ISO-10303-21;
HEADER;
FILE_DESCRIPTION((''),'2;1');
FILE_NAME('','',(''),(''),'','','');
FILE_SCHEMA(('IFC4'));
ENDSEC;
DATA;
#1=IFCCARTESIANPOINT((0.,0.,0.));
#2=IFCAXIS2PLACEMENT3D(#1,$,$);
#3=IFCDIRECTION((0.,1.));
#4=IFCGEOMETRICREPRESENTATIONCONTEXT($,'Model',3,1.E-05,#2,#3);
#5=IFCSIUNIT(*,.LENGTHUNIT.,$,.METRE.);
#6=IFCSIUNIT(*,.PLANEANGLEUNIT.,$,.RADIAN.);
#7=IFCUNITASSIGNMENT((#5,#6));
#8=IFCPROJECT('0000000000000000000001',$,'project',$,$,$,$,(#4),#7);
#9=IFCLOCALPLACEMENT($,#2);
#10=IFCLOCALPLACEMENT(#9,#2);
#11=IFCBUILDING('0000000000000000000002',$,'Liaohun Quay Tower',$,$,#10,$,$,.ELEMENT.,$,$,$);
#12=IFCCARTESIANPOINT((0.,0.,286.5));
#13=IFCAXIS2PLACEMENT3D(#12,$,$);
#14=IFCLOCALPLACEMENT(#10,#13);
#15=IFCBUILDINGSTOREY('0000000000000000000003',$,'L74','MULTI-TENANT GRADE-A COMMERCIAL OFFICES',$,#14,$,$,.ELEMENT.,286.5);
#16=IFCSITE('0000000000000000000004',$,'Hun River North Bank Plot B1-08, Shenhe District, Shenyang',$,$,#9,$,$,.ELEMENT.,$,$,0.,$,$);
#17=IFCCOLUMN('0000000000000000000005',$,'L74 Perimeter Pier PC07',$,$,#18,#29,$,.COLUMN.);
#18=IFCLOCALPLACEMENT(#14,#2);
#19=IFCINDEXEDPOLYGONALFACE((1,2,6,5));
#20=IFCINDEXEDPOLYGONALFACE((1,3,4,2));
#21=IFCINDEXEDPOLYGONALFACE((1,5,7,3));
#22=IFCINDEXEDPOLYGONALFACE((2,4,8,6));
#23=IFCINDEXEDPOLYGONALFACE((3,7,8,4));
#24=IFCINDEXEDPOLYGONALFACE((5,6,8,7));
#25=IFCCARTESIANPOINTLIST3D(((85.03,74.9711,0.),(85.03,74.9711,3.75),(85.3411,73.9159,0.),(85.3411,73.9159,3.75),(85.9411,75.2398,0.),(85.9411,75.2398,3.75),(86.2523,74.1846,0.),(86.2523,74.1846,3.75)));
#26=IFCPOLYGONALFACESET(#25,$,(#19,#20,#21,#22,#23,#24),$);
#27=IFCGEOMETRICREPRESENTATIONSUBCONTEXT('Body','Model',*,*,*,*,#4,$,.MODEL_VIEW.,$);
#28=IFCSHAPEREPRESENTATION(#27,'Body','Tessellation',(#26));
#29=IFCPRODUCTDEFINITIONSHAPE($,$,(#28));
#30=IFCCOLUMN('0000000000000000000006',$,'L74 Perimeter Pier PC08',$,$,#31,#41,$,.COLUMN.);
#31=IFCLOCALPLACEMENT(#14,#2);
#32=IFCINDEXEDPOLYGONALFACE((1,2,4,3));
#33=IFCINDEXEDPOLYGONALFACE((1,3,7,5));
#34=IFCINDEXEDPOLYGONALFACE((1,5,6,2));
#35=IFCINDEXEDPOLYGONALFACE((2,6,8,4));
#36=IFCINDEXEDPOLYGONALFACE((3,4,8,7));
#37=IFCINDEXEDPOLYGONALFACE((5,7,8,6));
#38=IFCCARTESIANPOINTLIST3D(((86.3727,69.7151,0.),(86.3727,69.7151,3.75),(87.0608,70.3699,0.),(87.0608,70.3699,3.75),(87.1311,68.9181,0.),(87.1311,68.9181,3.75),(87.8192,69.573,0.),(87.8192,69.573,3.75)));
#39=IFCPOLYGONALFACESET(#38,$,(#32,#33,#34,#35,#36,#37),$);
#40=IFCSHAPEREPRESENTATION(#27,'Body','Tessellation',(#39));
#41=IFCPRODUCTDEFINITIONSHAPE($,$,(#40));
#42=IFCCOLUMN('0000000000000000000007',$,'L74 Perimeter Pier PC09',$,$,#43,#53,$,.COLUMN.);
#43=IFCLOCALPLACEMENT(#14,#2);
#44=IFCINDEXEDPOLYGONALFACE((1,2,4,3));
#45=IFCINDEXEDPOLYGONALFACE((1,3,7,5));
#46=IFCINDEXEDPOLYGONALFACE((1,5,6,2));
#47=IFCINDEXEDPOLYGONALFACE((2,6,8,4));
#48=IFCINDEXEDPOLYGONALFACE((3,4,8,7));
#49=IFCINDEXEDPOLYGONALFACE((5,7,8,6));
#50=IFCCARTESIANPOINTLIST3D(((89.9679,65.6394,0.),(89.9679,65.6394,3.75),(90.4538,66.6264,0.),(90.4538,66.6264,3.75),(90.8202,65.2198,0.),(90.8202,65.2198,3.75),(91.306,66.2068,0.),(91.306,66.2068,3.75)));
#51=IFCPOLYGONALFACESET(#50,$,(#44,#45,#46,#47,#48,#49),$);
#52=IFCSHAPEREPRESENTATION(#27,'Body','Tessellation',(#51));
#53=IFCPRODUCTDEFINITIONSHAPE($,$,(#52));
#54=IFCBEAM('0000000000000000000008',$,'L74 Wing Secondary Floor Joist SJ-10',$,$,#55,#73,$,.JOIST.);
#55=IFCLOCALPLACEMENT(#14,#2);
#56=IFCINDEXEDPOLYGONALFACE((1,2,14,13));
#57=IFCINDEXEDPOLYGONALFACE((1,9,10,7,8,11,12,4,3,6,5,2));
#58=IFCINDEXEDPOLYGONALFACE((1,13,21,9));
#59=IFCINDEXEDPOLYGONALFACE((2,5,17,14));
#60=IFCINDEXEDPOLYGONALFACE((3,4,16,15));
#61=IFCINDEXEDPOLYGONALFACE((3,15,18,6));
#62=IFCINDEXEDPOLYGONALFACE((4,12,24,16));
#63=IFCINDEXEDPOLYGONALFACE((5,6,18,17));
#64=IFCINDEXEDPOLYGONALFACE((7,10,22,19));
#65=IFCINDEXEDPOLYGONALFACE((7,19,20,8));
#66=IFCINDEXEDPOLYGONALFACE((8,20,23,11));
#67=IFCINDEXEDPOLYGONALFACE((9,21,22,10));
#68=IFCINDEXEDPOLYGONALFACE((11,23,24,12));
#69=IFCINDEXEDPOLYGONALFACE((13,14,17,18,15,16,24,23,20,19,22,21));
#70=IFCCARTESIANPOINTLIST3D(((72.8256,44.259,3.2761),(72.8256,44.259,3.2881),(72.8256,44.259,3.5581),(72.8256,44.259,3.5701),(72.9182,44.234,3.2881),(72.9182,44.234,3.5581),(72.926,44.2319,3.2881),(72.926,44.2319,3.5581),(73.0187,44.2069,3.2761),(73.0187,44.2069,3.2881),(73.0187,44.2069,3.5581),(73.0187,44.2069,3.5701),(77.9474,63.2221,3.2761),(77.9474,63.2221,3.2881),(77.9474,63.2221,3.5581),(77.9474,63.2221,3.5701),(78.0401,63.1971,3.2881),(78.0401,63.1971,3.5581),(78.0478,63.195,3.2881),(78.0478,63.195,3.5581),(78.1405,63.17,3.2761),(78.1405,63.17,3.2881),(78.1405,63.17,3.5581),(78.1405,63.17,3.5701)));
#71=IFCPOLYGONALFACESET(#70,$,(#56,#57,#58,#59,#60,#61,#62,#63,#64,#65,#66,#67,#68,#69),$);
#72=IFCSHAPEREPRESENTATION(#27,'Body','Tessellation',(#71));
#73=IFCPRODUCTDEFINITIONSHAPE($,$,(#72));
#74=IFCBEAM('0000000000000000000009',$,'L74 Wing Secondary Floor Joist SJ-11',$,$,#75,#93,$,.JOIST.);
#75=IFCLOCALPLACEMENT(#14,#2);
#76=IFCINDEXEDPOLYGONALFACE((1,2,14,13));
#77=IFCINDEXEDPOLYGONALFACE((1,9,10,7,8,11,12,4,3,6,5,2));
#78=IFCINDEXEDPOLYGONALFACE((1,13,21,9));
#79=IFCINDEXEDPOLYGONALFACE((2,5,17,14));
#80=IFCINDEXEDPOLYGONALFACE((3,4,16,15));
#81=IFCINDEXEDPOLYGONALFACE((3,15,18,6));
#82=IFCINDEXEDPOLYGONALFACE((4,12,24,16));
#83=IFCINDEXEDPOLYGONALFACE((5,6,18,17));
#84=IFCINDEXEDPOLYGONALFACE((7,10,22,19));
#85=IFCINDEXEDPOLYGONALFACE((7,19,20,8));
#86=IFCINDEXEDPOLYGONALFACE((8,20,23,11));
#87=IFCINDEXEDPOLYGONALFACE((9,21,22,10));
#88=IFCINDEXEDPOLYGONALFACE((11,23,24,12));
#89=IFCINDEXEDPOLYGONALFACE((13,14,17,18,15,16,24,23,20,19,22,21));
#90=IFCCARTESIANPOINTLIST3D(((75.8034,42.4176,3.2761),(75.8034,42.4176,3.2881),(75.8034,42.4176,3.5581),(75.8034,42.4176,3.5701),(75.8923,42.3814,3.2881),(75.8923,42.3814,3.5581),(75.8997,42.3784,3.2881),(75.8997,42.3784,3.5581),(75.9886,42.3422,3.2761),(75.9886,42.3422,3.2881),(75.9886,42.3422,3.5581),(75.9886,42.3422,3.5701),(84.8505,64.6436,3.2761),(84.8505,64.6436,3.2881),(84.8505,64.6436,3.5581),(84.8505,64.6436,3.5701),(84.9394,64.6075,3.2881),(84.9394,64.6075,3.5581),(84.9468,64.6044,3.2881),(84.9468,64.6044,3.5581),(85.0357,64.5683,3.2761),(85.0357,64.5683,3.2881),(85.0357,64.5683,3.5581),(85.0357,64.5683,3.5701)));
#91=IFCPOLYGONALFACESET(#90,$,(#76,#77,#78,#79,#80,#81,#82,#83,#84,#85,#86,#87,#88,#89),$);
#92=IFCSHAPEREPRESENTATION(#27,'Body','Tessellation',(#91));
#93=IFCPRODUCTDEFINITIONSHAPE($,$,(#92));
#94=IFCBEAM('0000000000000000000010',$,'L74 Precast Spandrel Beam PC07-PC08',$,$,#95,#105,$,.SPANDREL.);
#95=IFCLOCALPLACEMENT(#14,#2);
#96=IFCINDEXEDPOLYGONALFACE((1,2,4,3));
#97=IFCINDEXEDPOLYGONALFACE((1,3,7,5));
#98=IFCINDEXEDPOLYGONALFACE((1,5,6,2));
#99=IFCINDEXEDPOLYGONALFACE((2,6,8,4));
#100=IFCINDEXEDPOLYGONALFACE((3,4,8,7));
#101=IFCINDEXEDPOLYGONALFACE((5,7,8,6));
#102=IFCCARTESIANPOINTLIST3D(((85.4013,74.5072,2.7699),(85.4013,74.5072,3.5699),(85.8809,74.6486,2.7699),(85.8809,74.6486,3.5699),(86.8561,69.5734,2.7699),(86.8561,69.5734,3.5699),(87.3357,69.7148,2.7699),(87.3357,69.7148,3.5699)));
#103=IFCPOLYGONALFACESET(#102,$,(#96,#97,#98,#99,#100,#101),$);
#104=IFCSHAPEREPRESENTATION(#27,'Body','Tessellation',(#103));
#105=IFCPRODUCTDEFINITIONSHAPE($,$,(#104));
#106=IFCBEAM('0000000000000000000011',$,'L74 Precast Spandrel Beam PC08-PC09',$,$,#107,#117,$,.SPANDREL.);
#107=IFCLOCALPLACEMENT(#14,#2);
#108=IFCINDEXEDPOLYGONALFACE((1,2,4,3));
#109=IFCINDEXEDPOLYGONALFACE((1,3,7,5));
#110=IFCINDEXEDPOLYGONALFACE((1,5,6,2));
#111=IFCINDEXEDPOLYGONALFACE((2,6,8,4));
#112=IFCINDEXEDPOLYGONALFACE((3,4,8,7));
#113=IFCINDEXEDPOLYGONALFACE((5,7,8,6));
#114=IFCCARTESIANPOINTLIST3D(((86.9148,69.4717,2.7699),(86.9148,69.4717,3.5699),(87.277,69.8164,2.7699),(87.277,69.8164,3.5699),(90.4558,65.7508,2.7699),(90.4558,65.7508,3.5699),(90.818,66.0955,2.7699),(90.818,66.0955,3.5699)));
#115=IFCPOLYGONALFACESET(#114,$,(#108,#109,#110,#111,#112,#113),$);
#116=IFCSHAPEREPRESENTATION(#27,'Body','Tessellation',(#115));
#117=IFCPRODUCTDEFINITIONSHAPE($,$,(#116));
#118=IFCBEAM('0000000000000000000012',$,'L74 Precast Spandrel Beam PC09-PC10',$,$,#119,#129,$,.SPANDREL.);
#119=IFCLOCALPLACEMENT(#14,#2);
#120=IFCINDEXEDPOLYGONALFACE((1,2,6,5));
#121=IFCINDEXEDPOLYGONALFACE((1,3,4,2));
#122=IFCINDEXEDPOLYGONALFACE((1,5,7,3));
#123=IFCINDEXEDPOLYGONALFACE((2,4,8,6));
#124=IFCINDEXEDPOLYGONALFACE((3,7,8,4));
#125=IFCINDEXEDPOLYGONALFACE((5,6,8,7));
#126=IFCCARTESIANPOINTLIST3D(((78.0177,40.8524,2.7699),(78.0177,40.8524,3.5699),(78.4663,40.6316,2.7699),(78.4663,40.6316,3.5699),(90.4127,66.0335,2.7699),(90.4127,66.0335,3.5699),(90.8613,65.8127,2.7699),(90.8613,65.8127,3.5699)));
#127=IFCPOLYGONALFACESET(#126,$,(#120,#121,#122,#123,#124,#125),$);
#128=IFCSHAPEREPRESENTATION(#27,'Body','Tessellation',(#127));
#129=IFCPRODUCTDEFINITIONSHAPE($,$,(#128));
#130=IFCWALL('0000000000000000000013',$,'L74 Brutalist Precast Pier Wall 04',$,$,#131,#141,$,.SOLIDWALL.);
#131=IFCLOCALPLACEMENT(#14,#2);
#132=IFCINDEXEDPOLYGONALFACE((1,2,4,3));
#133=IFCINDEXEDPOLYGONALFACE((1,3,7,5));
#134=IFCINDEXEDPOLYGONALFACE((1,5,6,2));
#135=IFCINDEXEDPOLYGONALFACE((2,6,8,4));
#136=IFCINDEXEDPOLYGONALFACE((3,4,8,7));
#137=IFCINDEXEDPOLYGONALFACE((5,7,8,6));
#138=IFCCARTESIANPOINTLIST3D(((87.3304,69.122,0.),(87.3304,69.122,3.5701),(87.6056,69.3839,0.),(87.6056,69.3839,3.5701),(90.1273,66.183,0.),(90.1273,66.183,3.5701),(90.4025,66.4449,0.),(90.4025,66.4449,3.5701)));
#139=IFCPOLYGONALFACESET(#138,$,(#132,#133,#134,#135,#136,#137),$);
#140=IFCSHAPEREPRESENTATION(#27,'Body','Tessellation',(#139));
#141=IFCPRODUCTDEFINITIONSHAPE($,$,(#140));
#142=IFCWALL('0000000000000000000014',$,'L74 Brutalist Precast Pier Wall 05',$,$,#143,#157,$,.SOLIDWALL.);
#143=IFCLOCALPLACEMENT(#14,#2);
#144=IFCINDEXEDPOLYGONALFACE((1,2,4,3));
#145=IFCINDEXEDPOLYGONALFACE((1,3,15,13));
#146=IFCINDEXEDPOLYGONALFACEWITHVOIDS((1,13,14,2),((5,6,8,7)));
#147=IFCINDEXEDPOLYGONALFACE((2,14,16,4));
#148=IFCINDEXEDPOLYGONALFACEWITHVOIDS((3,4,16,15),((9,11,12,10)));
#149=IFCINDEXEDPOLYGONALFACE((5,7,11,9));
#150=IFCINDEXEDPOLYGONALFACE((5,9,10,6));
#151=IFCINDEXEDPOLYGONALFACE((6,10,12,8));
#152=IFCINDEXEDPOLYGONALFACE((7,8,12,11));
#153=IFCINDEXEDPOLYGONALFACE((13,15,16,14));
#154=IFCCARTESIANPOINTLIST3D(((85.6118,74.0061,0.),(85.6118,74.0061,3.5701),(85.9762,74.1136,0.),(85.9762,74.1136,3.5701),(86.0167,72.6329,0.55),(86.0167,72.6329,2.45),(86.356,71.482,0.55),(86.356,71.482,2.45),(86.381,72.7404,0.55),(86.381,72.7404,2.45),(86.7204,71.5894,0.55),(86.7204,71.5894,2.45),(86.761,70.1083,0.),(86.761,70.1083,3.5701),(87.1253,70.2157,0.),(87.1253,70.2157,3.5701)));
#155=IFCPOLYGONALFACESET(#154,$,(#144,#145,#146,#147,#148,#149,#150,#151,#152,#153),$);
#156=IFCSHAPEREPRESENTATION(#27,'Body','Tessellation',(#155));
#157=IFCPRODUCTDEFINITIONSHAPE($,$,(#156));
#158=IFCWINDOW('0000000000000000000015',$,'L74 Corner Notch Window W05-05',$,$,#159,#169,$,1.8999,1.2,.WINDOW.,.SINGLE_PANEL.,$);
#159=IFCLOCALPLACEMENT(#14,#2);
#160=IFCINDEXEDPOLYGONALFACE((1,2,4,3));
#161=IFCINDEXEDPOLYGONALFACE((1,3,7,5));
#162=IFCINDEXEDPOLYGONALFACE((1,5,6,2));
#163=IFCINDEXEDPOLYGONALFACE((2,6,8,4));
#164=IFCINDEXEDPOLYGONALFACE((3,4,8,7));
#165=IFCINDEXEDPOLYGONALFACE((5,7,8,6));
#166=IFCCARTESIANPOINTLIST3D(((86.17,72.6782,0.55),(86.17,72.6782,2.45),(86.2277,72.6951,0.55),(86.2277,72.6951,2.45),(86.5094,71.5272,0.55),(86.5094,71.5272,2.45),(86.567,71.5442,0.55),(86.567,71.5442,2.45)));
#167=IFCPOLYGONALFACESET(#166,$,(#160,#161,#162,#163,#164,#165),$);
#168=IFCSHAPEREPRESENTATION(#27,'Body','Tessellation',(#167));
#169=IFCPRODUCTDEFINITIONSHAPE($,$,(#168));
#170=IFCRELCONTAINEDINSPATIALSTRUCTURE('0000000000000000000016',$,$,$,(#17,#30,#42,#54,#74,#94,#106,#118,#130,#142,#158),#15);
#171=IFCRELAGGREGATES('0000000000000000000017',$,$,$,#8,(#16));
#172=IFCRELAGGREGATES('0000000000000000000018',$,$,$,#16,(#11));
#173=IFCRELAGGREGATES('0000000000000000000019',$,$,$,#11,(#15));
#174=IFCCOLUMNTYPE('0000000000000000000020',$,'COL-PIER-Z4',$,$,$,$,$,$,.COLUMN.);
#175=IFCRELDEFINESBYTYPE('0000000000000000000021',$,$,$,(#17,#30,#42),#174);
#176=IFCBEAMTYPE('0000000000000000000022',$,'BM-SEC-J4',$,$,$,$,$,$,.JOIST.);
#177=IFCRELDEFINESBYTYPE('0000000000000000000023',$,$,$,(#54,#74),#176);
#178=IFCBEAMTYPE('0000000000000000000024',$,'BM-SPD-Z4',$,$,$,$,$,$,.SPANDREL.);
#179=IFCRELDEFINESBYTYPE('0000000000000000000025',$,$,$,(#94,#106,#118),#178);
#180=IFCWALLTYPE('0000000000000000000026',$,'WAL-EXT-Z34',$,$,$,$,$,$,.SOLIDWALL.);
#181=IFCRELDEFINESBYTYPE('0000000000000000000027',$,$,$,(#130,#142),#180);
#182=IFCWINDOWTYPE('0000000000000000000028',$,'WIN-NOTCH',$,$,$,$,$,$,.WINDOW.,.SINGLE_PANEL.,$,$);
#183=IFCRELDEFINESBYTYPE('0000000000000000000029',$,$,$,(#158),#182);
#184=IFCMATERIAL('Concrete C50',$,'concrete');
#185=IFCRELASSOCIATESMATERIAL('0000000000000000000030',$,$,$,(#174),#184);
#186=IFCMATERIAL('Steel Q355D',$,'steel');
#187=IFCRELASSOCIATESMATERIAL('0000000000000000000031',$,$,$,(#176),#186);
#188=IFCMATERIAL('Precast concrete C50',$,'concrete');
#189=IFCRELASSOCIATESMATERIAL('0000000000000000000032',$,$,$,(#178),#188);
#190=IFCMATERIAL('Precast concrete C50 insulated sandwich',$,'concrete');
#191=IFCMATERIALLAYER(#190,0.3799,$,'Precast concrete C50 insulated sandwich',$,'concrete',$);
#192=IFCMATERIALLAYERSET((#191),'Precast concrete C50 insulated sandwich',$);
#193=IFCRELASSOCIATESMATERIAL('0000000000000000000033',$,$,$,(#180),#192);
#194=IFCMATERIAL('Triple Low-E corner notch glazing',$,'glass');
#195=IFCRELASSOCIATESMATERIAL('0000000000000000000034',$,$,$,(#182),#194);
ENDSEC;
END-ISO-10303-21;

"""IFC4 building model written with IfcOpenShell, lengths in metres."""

from ifc_helpers import new_model, si_unit, direction, frame, frame_2d, origin, origin_2d, place, context, subcontext, project, spatial, rectangle, i_section, extrude, source, transform, mapped, material, layer, layer_set, material_profile, profile_set, type_object, element, fill, save


model = new_model("IFC4")

# Units and contexts
model_context = context("Model", 3, precision=1e-05, world=origin(), true_north=direction((0.0, 1.0)))
body_context = subcontext(model_context, "Body", "Model", "MODEL_VIEW")
ifc_project = project(units=[si_unit("LENGTHUNIT", "METRE"), si_unit("PLANEANGLEUNIT", "RADIAN")], contexts=[model_context])

# Site, building, storey
site_placement = place(None, origin())
site = spatial("IfcSite", under=ifc_project, at=site_placement, Name="Hun River North Bank Plot B1-08, Shenhe District, Shenyang", CompositionType="ELEMENT", RefElevation=0.0)
building_placement = place(site_placement, origin())
building = spatial("IfcBuilding", under=site, at=building_placement, Name="Liaohun Quay Tower", CompositionType="ELEMENT")
storey_placement = place(building_placement, frame((0.0, 0.0, 286.5)))
storey = spatial("IfcBuildingStorey", under=building, at=storey_placement, Name="L74", Description="MULTI-TENANT GRADE-A COMMERCIAL OFFICES", CompositionType="ELEMENT", Elevation=286.5)

# Columns
ifc_material_1 = material(Name="Concrete C50", Category="concrete")
ifc_material_profile_1 = material_profile(ifc_material_1, rectangle(XDim=1.1001, YDim=0.95, at=origin_2d()), Name="RC1100x950")
ifc_profile_set_1 = profile_set([ifc_material_profile_1], Name="Concrete C50")
column_type = type_object("IfcColumnType", Name="COL-PIER-Z4", PredefinedType="COLUMN", material=ifc_profile_set_1)
shared_shape_1 = source(origin(), body_context, "Body", "SweptSolid", [
    extrude(rectangle(XDim=1.1001, YDim=0.95, at=origin_2d()), origin(), (0.0, 0.0, 1.0), 3.75),
])
for number, where, z_axis, x_axis, name in (
    (1, (85.6411, 74.5779, 0.0), (0.0, 0.0, 1.0), (-0.282844, 0.959166, 0.0), "L74 Perimeter Pier PC07"),
    (2, (87.0959, 69.644, 0.0), (0.0, 0.0, 1.0), (-0.689367, 0.724413, 0.0), "L74 Perimeter Pier PC08"),
    (3, (90.637, 65.9231, 0.0), (0.0, 0.0, 1.0), (0.441662, 0.897181, 0.0), "L74 Perimeter Pier PC09"),
):
    element("IfcColumn", number, at=place(storey_placement, frame(where, z_axis=z_axis, x_axis=x_axis)), inside=storey, type_object=column_type, Name=name, PredefinedType="COLUMN", context=body_context, shape_type="MappedRepresentation", body=[
        mapped(shared_shape_1, transform((0.0, 0.0, 0.0), x_axis=(1.0, 0.0, 0.0), y_axis=(0.0, 1.0, 0.0), z_axis=(0.0, 0.0, 1.0), scale=1.0)),
    ])

# Beams
ifc_material_2 = material(Name="Steel Q355D", Category="steel")
ifc_material_profile_2 = material_profile(ifc_material_2, i_section(OverallWidth=0.2, OverallDepth=0.2939, WebThickness=0.0081, FlangeThickness=0.012, at=origin_2d()), Name="HM294x200x8x12")
ifc_profile_set_2 = profile_set([ifc_material_profile_2], Name="Steel Q355D")
beam_type_1 = type_object("IfcBeamType", Name="BM-SEC-J4", PredefinedType="JOIST", material=ifc_profile_set_2)
shared_shape_2 = source(origin(), body_context, "Body", "SweptSolid", [
    extrude(i_section(OverallWidth=0.2, OverallDepth=0.2939, WebThickness=0.0081, FlangeThickness=0.012, at=origin_2d()), origin(), (0.0, 0.0, 1.0), 19.6426),
])
beam_1_placement = place(storey_placement, frame((78.0439, 63.196, 3.4231), z_axis=(-0.26075, -0.965406, 0.0), x_axis=(0.965406, -0.26075, 0.0)))
element("IfcBeam", 4, at=beam_1_placement, inside=storey, type_object=beam_type_1, Name="L74 Wing Secondary Floor Joist SJ-10", PredefinedType="JOIST", context=body_context, shape_type="MappedRepresentation", body=[
    mapped(shared_shape_2, transform((0.0, 0.0, 0.0), x_axis=(1.0, 0.0, 0.0), y_axis=(0.0, 1.0, 0.0), z_axis=(0.0, 0.0, 1.0), scale=1.0)),
])
shared_shape_3 = source(origin(), body_context, "Body", "SweptSolid", [
    extrude(i_section(OverallWidth=0.2, OverallDepth=0.2939, WebThickness=0.0081, FlangeThickness=0.012, at=origin_2d()), origin(), (0.0, 0.0, 1.0), 23.9968),
])
beam_2_placement = place(storey_placement, frame((84.9431, 64.606, 3.4231), z_axis=(-0.377013, -0.926208, 0.0), x_axis=(0.926208, -0.377013, 0.0)))
element("IfcBeam", 5, at=beam_2_placement, inside=storey, type_object=beam_type_1, Name="L74 Wing Secondary Floor Joist SJ-11", PredefinedType="JOIST", context=body_context, shape_type="MappedRepresentation", body=[
    mapped(shared_shape_3, transform((0.0, 0.0, 0.0), x_axis=(1.0, 0.0, 0.0), y_axis=(0.0, 1.0, 0.0), z_axis=(0.0, 0.0, 1.0), scale=1.0)),
])
ifc_material_3 = material(Name="Precast concrete C50", Category="concrete")
ifc_material_profile_3 = material_profile(ifc_material_3, rectangle(XDim=0.5, YDim=0.8, at=origin_2d()), Name="RC500x800")
ifc_profile_set_3 = profile_set([ifc_material_profile_3], Name="Precast concrete C50")
beam_type_2 = type_object("IfcBeamType", Name="BM-SPD-Z4", PredefinedType="SPANDREL", material=ifc_profile_set_3)
shared_shape_4 = source(origin(), body_context, "Body", "SweptSolid", [
    extrude(rectangle(XDim=0.5, YDim=0.8, at=origin_2d()), origin(), (0.0, 0.0, 1.0), 5.1438),
])
beam_3_placement = place(storey_placement, frame((85.6411, 74.5779, 3.1699), z_axis=(0.282829, -0.95917, 0.0), x_axis=(0.95917, 0.282829, 0.0)))
element("IfcBeam", 6, at=beam_3_placement, inside=storey, type_object=beam_type_2, Name="L74 Precast Spandrel Beam PC07-PC08", PredefinedType="SPANDREL", context=body_context, shape_type="MappedRepresentation", body=[
    mapped(shared_shape_4, transform((0.0, 0.0, 0.0), x_axis=(1.0, 0.0, 0.0), y_axis=(0.0, 1.0, 0.0), z_axis=(0.0, 0.0, 1.0), scale=1.0)),
])
shared_shape_5 = source(origin(), body_context, "Body", "SweptSolid", [
    extrude(rectangle(XDim=0.5, YDim=0.8, at=origin_2d()), origin(), (0.0, 0.0, 1.0), 5.1365),
])
beam_4_placement = place(storey_placement, frame((87.0959, 69.644, 3.1699), z_axis=(0.689375, -0.724405, 0.0), x_axis=(0.724405, 0.689375, 0.0)))
element("IfcBeam", 7, at=beam_4_placement, inside=storey, type_object=beam_type_2, Name="L74 Precast Spandrel Beam PC08-PC09", PredefinedType="SPANDREL", context=body_context, shape_type="MappedRepresentation", body=[
    mapped(shared_shape_5, transform((0.0, 0.0, 0.0), x_axis=(1.0, 0.0, 0.0), y_axis=(0.0, 1.0, 0.0), z_axis=(0.0, 0.0, 1.0), scale=1.0)),
])
shared_shape_6 = source(origin(), body_context, "Body", "SweptSolid", [
    extrude(rectangle(XDim=0.5, YDim=0.8, at=origin_2d()), origin(), (0.0, 0.0, 1.0), 28.0664),
])
beam_5_placement = place(storey_placement, frame((90.637, 65.9231, 3.1699), z_axis=(-0.441631, -0.897197, 0.0), x_axis=(0.897197, -0.441631, 0.0)))
element("IfcBeam", 8, at=beam_5_placement, inside=storey, type_object=beam_type_2, Name="L74 Precast Spandrel Beam PC09-PC10", PredefinedType="SPANDREL", context=body_context, shape_type="MappedRepresentation", body=[
    mapped(shared_shape_6, transform((0.0, 0.0, 0.0), x_axis=(1.0, 0.0, 0.0), y_axis=(0.0, 1.0, 0.0), z_axis=(0.0, 0.0, 1.0), scale=1.0)),
])

# Wall
ifc_material_4 = material(Name="Precast concrete C50 insulated sandwich", Category="concrete")
ifc_layer_1 = layer(ifc_material_4, 0.3799, Name="Precast concrete C50 insulated sandwich", Category="concrete")
ifc_layer_set_1 = layer_set([ifc_layer_1], Name="Precast concrete C50 insulated sandwich")
wall_type_1 = type_object("IfcWallType", Name="WAL-EXT-Z34", PredefinedType="SOLIDWALL", material=ifc_layer_set_1)
wall_1_placement = place(storey_placement, frame((90.2649, 66.314, 0.0), z_axis=(0.0, 0.0, 1.0), x_axis=(-0.689379, 0.724401, 0.0)))
element("IfcWall", 9, at=wall_1_placement, inside=storey, type_object=wall_type_1, Name="L74 Brutalist Precast Pier Wall 04", PredefinedType="SOLIDWALL", context=body_context, shape_type="SweptSolid", body=[
    extrude(rectangle(XDim=4.0571, YDim=0.3799, at=frame_2d((2.0286, 0.0))), origin(), (0.0, 0.0, 1.0), 3.5701),
])

# Wall, opening, window
wall_2_placement = place(storey_placement, frame((86.9431, 70.1621, 0.0), z_axis=(0.0, 0.0, 1.0), x_axis=(-0.282781, 0.959185, 0.0)))
wall_2 = element("IfcWall", 10, at=wall_2_placement, inside=storey, type_object=wall_type_1, Name="L74 Brutalist Precast Pier Wall 05", PredefinedType="SOLIDWALL", context=body_context, shape_type="SweptSolid", body=[
    extrude(rectangle(XDim=4.0637, YDim=0.3799, at=frame_2d((2.0317, 0.0))), origin(), (0.0, 0.0, 1.0), 3.5701),
])
shared_shape_7 = source(origin(), body_context, "Body", "SweptSolid", [
    extrude(rectangle(XDim=1.2, YDim=1.8999, at=frame_2d((0.6001, 0.95))), frame((0.0, 0.2, 0.0), z_axis=(0.0, -1.0, 0.0), x_axis=(1.0, 0.0, 0.0)), (0.0, 0.0, 1.0), 0.3999),
])
opening_1_placement = place(wall_2_placement, frame((1.4319, 0.0, 0.55)))
opening_1 = element("IfcOpeningElement", 11, at=opening_1_placement, cuts=wall_2, PredefinedType="OPENING", context=body_context, shape_type="MappedRepresentation", body=[
    mapped(shared_shape_7, transform((0.0, 0.0, 0.0), x_axis=(1.0, 0.0, 0.0), y_axis=(0.0, 1.0, 0.0), z_axis=(0.0, 0.0, 1.0), scale=1.0)),
])
ifc_material_5 = material(Name="Triple Low-E corner notch glazing", Category="glass")
window_type_1 = type_object("IfcWindowType", Name="WIN-NOTCH", PartitioningType="SINGLE_PANEL", PredefinedType="WINDOW", material=ifc_material_5)
shared_shape_8 = source(origin(), body_context, "Body", "SweptSolid", [
    extrude(rectangle(XDim=1.2, YDim=1.8999, at=frame_2d((0.6001, 0.95))), frame((0.0, 0.03, 0.0), z_axis=(0.0, -1.0, 0.0), x_axis=(1.0, 0.0, 0.0)), (0.0, 0.0, 1.0), 0.0601),
])
window_1_placement = place(opening_1_placement, origin())
window_1 = element("IfcWindow", 12, at=window_1_placement, inside=storey, type_object=window_type_1, Name="L74 Corner Notch Window W05-05", OverallHeight=1.8999, OverallWidth=1.2, PartitioningType="SINGLE_PANEL", PredefinedType="WINDOW", context=body_context, shape_type="MappedRepresentation", body=[
    mapped(shared_shape_8, transform((0.0, 0.0, 0.0), x_axis=(1.0, 0.0, 0.0), y_axis=(0.0, 1.0, 0.0), z_axis=(0.0, 0.0, 1.0), scale=1.0)),
])
fill(opening_1, window_1)

save(model, "model.ifc")
